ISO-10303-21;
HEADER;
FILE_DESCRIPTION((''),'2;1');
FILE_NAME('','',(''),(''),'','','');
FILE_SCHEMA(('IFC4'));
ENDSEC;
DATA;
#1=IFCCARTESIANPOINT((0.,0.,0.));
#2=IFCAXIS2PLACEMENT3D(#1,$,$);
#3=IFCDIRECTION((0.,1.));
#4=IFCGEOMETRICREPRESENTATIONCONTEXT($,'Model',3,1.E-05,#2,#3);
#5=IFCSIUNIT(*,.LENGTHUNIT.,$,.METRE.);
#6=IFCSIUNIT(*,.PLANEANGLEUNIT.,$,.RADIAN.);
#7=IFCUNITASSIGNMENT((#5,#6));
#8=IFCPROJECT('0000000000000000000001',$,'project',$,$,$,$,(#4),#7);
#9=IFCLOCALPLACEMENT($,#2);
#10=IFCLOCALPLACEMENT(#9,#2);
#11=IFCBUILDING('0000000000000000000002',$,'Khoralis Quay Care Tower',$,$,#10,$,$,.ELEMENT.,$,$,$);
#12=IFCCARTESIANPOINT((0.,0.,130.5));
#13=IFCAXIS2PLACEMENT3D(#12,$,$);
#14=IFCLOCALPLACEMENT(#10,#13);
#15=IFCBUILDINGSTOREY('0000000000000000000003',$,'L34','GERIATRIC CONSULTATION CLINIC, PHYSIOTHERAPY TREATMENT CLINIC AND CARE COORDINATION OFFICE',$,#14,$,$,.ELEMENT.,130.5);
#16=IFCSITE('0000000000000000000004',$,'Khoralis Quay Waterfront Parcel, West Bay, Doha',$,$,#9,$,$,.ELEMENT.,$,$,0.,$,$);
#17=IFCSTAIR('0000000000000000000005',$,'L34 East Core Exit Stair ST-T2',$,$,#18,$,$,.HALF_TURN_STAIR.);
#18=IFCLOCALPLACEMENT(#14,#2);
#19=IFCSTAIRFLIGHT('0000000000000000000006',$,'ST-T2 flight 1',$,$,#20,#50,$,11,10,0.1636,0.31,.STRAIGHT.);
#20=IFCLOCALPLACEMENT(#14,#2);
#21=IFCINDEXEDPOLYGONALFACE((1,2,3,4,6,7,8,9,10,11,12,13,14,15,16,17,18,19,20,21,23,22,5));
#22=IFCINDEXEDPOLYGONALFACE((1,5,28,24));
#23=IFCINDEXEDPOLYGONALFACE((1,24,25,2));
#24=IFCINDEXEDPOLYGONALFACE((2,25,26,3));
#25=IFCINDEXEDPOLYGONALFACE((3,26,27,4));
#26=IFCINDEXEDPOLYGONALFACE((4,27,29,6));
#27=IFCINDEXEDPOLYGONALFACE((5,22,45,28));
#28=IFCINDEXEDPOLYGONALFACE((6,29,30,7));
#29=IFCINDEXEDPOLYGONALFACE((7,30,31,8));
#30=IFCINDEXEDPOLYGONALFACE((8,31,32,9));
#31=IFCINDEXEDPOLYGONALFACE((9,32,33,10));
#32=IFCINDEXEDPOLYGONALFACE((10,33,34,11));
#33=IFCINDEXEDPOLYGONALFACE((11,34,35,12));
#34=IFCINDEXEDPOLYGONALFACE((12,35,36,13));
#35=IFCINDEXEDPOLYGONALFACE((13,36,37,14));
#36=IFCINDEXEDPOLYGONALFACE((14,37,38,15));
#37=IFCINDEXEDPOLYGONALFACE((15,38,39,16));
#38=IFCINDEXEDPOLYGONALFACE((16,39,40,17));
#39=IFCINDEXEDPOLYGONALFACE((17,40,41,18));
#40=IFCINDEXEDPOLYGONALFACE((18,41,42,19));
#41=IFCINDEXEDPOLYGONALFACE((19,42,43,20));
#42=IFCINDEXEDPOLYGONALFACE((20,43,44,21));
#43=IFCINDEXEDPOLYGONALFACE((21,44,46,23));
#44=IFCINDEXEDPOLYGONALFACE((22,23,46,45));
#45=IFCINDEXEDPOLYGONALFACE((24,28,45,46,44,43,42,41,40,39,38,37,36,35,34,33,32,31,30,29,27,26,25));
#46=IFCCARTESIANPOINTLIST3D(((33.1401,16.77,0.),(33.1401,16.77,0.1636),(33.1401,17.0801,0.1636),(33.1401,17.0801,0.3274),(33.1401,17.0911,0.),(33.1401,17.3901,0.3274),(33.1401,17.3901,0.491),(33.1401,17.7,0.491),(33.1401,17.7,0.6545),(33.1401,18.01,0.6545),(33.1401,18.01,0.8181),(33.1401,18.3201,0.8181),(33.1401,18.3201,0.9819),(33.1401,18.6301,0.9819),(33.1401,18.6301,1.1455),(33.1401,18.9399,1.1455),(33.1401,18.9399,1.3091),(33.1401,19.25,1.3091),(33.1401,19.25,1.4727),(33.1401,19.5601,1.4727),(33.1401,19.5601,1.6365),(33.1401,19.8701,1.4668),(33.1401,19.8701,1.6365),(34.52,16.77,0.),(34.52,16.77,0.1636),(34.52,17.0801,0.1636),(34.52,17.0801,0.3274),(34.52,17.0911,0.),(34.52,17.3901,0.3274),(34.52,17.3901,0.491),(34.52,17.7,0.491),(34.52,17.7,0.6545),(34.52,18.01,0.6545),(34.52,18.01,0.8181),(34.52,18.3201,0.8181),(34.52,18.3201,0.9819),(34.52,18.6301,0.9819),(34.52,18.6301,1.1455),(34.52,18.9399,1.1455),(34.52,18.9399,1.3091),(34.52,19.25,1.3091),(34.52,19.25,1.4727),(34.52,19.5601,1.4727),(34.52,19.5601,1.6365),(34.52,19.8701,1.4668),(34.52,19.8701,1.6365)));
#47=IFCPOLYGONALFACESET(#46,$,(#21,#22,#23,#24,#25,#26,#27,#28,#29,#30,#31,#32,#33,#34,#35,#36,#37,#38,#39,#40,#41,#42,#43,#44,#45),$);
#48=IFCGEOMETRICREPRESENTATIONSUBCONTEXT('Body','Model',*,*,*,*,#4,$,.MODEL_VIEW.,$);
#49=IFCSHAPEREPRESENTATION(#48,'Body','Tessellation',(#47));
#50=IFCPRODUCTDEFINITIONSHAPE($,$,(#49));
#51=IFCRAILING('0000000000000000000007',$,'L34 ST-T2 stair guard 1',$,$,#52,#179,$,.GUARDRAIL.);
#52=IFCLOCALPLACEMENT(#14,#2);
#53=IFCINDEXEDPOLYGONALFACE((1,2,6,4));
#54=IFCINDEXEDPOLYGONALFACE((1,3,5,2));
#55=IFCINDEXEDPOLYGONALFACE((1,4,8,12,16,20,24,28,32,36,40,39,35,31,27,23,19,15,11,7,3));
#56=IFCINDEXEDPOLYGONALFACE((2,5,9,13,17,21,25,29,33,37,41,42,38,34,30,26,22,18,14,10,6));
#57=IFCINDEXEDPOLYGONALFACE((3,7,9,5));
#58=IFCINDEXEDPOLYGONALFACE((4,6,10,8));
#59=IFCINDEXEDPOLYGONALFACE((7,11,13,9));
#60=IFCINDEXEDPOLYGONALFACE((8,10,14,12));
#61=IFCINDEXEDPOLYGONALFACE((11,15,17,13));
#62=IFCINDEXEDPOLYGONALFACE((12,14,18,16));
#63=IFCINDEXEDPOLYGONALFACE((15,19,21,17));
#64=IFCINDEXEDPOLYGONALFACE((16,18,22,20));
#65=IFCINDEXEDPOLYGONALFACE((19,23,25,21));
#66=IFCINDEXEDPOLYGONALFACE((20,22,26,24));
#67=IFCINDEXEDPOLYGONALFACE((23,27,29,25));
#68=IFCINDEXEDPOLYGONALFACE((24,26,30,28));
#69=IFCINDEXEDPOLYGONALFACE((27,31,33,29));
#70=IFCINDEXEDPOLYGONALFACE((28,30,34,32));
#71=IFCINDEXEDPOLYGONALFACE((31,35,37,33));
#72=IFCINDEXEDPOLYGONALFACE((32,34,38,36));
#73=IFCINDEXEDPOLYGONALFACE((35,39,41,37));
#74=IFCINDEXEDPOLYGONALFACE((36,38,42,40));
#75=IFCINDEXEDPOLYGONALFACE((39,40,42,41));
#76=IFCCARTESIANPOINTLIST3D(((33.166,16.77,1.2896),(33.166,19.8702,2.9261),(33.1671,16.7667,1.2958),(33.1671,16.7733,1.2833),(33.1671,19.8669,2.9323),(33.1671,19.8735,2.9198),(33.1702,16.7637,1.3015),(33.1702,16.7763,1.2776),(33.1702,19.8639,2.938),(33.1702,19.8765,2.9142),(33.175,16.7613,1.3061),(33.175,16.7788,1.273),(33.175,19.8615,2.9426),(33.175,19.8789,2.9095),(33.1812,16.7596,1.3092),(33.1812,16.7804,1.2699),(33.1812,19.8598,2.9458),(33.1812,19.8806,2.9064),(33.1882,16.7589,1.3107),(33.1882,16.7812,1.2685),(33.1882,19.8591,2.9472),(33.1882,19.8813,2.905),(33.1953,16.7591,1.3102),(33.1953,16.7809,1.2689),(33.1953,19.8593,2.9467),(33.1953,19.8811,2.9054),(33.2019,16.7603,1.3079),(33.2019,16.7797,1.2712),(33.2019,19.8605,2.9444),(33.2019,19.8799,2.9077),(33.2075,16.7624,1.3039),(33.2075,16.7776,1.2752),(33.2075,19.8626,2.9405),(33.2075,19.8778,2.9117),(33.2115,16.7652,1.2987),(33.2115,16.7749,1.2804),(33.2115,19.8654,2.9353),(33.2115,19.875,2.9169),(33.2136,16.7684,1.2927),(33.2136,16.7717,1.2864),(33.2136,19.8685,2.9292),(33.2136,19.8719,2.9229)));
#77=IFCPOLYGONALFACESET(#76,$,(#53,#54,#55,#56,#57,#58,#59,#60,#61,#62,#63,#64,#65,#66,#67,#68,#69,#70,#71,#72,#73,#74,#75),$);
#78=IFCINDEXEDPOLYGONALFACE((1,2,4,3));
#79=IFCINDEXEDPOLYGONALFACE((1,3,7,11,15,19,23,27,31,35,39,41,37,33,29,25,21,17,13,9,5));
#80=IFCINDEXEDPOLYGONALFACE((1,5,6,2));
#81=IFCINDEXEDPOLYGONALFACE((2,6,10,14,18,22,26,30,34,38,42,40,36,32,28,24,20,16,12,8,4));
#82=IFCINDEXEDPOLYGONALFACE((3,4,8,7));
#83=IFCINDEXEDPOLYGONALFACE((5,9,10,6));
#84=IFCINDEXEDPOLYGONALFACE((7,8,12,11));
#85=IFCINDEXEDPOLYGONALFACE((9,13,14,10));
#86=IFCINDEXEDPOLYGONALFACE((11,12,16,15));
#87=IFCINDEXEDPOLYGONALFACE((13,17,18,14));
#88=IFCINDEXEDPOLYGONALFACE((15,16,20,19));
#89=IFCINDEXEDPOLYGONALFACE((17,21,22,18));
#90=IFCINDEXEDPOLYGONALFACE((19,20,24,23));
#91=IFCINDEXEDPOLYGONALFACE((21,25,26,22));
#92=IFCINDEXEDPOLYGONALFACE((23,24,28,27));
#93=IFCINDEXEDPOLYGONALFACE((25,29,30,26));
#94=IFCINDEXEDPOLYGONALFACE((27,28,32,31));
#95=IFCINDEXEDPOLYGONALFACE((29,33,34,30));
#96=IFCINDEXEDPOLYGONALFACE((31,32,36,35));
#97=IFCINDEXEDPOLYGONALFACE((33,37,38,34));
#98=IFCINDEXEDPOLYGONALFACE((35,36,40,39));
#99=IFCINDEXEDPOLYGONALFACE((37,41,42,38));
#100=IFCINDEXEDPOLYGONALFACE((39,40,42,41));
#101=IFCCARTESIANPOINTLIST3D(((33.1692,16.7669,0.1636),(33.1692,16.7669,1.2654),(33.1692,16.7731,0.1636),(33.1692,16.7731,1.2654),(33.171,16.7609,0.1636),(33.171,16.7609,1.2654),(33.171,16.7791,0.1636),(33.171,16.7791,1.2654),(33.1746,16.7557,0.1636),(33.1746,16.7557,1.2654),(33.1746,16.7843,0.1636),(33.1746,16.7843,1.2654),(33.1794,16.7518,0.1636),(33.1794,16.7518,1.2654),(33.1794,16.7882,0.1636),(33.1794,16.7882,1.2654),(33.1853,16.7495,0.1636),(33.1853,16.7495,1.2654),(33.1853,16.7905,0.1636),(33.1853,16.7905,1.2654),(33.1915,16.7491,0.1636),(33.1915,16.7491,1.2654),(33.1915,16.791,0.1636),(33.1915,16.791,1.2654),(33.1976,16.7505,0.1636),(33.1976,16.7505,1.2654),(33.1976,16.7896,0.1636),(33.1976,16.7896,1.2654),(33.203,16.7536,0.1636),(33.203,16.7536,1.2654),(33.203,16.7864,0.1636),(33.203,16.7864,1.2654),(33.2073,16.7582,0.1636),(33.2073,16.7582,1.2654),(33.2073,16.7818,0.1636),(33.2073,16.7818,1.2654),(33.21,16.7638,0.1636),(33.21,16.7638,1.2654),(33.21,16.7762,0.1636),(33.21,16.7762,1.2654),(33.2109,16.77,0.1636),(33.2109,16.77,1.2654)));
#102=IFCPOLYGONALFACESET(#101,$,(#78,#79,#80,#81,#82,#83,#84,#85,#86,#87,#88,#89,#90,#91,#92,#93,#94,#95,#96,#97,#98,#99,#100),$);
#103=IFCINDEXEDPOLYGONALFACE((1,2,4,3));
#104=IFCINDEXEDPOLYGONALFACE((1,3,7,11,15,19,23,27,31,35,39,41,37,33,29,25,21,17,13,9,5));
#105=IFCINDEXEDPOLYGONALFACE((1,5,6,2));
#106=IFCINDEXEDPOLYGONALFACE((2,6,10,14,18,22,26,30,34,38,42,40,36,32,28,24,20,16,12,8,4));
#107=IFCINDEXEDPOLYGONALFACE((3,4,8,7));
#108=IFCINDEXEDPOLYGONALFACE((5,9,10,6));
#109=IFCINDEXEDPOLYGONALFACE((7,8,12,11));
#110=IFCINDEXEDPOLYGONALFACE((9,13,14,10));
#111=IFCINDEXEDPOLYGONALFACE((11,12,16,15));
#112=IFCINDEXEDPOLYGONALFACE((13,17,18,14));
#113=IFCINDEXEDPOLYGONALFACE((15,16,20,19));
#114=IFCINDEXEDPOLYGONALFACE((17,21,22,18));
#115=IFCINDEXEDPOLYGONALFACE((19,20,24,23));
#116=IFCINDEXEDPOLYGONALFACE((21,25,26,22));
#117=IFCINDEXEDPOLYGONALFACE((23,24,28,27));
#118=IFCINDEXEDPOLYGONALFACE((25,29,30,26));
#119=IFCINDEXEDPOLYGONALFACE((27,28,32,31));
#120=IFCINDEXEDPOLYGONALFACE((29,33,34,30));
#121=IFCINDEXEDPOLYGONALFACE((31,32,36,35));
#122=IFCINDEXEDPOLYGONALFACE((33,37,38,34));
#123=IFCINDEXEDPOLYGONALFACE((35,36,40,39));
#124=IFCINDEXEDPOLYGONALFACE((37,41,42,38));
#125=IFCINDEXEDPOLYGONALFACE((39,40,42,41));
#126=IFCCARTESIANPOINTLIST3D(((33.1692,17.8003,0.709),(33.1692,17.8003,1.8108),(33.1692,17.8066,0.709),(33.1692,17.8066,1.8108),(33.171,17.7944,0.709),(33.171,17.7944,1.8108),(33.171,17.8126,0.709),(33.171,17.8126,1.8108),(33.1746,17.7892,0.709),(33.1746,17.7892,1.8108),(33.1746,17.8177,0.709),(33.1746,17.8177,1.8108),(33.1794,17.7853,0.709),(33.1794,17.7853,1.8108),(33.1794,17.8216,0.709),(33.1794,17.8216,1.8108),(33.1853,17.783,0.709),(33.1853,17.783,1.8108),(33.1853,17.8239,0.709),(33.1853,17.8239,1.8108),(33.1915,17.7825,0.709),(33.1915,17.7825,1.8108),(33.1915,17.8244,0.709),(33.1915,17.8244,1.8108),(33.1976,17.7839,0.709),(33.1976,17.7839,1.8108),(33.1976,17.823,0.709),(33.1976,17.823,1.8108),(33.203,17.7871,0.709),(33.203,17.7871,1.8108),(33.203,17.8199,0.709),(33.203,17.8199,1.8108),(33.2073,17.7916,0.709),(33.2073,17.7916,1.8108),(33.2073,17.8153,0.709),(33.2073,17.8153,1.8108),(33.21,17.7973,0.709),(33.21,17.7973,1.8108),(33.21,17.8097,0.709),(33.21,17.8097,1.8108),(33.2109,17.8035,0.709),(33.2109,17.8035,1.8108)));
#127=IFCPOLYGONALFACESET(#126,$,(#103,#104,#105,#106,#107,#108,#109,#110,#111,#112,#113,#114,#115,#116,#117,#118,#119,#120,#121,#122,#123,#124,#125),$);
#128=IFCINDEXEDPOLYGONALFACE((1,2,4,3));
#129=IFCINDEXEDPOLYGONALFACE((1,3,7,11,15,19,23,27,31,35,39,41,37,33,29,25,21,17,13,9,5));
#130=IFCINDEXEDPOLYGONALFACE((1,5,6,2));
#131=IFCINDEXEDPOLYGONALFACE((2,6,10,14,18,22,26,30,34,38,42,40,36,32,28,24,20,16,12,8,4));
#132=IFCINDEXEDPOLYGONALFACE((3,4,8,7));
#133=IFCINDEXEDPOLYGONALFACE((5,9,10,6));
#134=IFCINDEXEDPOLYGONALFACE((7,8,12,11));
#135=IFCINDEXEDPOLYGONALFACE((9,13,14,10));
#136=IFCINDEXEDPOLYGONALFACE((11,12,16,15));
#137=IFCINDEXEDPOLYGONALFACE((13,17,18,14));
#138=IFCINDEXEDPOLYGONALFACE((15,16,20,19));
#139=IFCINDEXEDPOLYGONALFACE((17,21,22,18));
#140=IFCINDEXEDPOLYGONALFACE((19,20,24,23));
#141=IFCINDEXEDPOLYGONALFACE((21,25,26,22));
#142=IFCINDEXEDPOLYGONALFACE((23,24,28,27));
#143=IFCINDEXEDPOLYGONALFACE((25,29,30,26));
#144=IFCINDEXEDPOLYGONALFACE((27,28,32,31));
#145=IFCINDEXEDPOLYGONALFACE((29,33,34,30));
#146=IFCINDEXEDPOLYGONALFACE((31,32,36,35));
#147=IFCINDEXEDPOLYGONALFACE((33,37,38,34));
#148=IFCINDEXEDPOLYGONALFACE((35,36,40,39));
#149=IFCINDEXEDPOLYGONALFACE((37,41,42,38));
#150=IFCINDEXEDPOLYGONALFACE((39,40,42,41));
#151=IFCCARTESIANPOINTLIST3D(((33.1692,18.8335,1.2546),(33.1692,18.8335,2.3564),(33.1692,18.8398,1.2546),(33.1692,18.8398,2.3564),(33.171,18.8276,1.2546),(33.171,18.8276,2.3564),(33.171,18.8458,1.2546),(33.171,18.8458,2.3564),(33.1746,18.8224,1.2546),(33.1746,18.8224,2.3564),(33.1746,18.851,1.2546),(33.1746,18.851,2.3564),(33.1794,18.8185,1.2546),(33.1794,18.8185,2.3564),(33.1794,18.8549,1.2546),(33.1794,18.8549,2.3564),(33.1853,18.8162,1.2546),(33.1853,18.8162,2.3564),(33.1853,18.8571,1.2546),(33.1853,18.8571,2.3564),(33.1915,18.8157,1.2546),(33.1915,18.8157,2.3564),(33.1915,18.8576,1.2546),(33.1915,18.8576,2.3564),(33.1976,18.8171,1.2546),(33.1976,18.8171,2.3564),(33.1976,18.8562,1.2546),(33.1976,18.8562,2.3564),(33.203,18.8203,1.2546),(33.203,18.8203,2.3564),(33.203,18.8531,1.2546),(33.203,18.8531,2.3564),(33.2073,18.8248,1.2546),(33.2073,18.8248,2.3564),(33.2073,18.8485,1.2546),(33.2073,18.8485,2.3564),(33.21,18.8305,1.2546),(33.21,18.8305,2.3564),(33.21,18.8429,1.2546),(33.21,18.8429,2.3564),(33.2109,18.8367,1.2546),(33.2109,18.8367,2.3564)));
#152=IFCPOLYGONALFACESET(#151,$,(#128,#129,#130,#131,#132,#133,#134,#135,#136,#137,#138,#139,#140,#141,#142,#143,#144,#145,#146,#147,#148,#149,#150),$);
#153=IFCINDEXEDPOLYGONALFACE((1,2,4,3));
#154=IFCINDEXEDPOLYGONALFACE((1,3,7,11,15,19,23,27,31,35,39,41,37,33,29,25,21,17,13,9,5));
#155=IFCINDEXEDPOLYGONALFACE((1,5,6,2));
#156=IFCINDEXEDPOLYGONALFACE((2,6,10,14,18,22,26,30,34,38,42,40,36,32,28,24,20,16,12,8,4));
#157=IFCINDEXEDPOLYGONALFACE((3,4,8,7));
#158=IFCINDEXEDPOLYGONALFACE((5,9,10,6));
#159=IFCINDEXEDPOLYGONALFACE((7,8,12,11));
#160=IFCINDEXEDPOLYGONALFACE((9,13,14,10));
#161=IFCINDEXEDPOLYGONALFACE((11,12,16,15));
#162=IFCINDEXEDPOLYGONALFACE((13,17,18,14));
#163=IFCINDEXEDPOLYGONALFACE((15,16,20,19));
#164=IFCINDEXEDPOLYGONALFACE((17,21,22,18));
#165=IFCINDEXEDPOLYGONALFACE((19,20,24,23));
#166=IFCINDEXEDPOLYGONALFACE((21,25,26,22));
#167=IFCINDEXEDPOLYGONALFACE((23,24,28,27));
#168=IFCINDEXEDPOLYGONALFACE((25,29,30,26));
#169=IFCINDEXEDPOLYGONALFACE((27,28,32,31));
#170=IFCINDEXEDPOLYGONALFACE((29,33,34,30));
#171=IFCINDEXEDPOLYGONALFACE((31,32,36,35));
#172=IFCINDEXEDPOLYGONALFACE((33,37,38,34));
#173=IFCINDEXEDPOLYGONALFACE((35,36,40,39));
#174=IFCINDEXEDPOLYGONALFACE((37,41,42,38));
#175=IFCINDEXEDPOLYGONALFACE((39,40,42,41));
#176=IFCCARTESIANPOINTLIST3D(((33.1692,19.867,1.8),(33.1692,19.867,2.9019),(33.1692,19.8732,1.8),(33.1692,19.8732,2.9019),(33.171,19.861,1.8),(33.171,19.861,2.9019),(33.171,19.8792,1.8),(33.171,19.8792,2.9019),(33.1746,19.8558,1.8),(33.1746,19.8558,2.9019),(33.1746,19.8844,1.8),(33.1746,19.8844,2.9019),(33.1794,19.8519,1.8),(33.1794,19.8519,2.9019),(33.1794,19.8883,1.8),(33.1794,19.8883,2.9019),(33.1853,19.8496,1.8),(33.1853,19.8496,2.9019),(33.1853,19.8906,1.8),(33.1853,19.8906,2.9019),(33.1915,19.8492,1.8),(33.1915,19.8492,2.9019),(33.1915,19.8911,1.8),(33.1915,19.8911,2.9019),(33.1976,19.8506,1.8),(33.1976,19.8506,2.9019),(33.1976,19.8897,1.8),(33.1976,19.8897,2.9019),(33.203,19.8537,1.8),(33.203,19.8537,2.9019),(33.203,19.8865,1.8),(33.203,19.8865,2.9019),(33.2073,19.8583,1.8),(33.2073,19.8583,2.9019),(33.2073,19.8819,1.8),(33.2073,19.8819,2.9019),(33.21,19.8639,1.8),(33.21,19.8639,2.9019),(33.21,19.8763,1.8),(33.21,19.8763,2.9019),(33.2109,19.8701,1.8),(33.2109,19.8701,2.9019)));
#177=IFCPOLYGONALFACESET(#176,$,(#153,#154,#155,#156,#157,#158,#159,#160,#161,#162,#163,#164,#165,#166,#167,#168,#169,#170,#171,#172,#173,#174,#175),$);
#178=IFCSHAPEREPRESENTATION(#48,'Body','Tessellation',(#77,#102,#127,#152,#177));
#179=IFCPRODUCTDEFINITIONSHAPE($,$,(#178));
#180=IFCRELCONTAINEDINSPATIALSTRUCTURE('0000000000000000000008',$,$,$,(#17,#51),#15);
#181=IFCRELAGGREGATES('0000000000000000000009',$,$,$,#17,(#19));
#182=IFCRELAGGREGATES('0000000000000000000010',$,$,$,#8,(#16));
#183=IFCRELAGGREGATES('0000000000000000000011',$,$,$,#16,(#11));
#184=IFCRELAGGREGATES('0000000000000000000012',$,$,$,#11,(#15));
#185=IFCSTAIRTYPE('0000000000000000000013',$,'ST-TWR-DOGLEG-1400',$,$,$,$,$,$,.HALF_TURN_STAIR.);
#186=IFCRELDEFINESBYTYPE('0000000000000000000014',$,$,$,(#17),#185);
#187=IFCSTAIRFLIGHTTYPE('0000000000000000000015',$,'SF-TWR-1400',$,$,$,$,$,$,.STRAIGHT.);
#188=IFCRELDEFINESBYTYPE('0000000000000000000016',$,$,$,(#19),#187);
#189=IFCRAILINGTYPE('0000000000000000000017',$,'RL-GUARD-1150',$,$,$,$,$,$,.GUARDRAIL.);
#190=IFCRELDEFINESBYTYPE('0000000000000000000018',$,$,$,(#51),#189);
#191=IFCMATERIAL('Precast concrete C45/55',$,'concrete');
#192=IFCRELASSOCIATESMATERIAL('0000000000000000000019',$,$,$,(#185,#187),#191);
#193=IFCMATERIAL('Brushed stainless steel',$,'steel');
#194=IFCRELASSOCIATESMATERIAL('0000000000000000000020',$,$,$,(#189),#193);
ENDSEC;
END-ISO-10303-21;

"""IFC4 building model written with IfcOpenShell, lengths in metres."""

from ifc_helpers import new_model, si_unit, direction, frame, origin, origin_2d, place, context, subcontext, project, spatial, polyline, circle, outline, extrude, source, transform, mapped, material, type_object, element, aggregate, save


model = new_model("IFC4")

# Units and contexts
model_context = context("Model", 3, precision=1e-05, world=origin(), true_north=direction((0.0, 1.0)))
body_context = subcontext(model_context, "Body", "Model", "MODEL_VIEW")
ifc_project = project(units=[si_unit("LENGTHUNIT", "METRE"), si_unit("PLANEANGLEUNIT", "RADIAN")], contexts=[model_context])

# Site, building, storey
site_placement = place(None, origin())
site = spatial("IfcSite", under=ifc_project, at=site_placement, Name="Khoralis Quay Waterfront Parcel, West Bay, Doha", CompositionType="ELEMENT", RefElevation=0.0)
building_placement = place(site_placement, origin())
building = spatial("IfcBuilding", under=site, at=building_placement, Name="Khoralis Quay Care Tower", CompositionType="ELEMENT")
storey_placement = place(building_placement, frame((0.0, 0.0, 130.5)))
storey = spatial("IfcBuildingStorey", under=building, at=storey_placement, Name="L34", Description="GERIATRIC CONSULTATION CLINIC, PHYSIOTHERAPY TREATMENT CLINIC AND CARE COORDINATION OFFICE", CompositionType="ELEMENT", Elevation=130.5)

# Shared definitions
ifc_material_1 = material(Name="Brushed stainless steel", Category="steel")

# Stair, stair flight
ifc_material_2 = material(Name="Precast concrete C45/55", Category="concrete")
stair_type = type_object("IfcStairType", Name="ST-TWR-DOGLEG-1400", PredefinedType="HALF_TURN_STAIR", material=ifc_material_2)
stair_placement = place(storey_placement, origin())
stair = element("IfcStair", 1, at=stair_placement, inside=storey, type_object=stair_type, Name="L34 East Core Exit Stair ST-T2", PredefinedType="HALF_TURN_STAIR")
stair_flight_type = type_object("IfcStairFlightType", Name="SF-TWR-1400", PredefinedType="STRAIGHT", material=ifc_material_2)
shared_shape_1 = source(origin(), body_context, "Body", "SweptSolid", [
    extrude(outline(polyline([(0.0, 0.0), (0.0, 0.1636), (0.3101, 0.1636), (0.3101, 0.3274), (0.6201, 0.3274), (0.6201, 0.491), (0.9299, 0.491), (0.9299, 0.6545), (1.24, 0.6545), (1.24, 0.8181), (1.55, 0.8181), (1.55, 0.9819), (1.8601, 0.9819), (1.8601, 1.1455), (2.1699, 1.1455), (2.1699, 1.3091), (2.48, 1.3091), (2.48, 1.4727), (2.79, 1.4727), (2.79, 1.6365), (3.1001, 1.6365), (3.1001, 1.8), (3.1001, 1.4668), (0.321, 0.0), (0.0, 0.0)])), frame((0.0, 0.6899, 0.0), z_axis=(0.0, -1.0, 0.0), x_axis=(1.0, 0.0, 0.0)), (0.0, 0.0, 1.0), 1.3799),
])
stair_flight_placement = place(storey_placement, frame((33.8301, 16.77, 0.0), z_axis=(0.0, 0.0, 1.0), x_axis=(0.0, 1.0, 0.0)))
stair_flight = element("IfcStairFlight", 2, at=stair_flight_placement, type_object=stair_flight_type, Name="ST-T2 flight 1", NumberOfRisers=11, NumberOfTreads=10, PredefinedType="STRAIGHT", RiserHeight=0.1636, TreadLength=0.31, context=body_context, shape_type="MappedRepresentation", body=[
    mapped(shared_shape_1, transform((0.0, 0.0, 0.0), scale=1.0)),
])
aggregate(stair, [stair_flight])

# Railing
railing_type_1 = type_object("IfcRailingType", Name="RL-GUARD-1150", PredefinedType="GUARDRAIL", material=ifc_material_1)
railing_1_placement = place(storey_placement, frame((33.1899, 16.77, 0.1636)))
element("IfcRailing", 3, at=railing_1_placement, inside=storey, type_object=railing_type_1, Name="L34 ST-T2 stair guard 1", PredefinedType="GUARDRAIL", context=body_context, shape_type="SweptSolid", body=[
    extrude(circle(Radius=0.0239, at=origin_2d()), frame((0.0, 0.0, 1.126), z_axis=(0.0, 0.884348, 0.466828), x_axis=(-1.0, 0.0, 0.0)), (0.0, 0.0, 1.0), 3.5056),
    extrude(circle(Radius=0.021, at=origin_2d()), origin(), (0.0, 0.0, 1.0), 1.1018),
    extrude(circle(Radius=0.021, at=origin_2d()), frame((0.0, 1.0334, 0.5454)), (0.0, 0.0, 1.0), 1.1018),
    extrude(circle(Radius=0.021, at=origin_2d()), frame((0.0, 2.0667, 1.0911)), (0.0, 0.0, 1.0), 1.1018),
    extrude(circle(Radius=0.021, at=origin_2d()), frame((0.0, 3.1001, 1.6365)), (0.0, 0.0, 1.0), 1.1018),
])

save(model, "model.ifc")
